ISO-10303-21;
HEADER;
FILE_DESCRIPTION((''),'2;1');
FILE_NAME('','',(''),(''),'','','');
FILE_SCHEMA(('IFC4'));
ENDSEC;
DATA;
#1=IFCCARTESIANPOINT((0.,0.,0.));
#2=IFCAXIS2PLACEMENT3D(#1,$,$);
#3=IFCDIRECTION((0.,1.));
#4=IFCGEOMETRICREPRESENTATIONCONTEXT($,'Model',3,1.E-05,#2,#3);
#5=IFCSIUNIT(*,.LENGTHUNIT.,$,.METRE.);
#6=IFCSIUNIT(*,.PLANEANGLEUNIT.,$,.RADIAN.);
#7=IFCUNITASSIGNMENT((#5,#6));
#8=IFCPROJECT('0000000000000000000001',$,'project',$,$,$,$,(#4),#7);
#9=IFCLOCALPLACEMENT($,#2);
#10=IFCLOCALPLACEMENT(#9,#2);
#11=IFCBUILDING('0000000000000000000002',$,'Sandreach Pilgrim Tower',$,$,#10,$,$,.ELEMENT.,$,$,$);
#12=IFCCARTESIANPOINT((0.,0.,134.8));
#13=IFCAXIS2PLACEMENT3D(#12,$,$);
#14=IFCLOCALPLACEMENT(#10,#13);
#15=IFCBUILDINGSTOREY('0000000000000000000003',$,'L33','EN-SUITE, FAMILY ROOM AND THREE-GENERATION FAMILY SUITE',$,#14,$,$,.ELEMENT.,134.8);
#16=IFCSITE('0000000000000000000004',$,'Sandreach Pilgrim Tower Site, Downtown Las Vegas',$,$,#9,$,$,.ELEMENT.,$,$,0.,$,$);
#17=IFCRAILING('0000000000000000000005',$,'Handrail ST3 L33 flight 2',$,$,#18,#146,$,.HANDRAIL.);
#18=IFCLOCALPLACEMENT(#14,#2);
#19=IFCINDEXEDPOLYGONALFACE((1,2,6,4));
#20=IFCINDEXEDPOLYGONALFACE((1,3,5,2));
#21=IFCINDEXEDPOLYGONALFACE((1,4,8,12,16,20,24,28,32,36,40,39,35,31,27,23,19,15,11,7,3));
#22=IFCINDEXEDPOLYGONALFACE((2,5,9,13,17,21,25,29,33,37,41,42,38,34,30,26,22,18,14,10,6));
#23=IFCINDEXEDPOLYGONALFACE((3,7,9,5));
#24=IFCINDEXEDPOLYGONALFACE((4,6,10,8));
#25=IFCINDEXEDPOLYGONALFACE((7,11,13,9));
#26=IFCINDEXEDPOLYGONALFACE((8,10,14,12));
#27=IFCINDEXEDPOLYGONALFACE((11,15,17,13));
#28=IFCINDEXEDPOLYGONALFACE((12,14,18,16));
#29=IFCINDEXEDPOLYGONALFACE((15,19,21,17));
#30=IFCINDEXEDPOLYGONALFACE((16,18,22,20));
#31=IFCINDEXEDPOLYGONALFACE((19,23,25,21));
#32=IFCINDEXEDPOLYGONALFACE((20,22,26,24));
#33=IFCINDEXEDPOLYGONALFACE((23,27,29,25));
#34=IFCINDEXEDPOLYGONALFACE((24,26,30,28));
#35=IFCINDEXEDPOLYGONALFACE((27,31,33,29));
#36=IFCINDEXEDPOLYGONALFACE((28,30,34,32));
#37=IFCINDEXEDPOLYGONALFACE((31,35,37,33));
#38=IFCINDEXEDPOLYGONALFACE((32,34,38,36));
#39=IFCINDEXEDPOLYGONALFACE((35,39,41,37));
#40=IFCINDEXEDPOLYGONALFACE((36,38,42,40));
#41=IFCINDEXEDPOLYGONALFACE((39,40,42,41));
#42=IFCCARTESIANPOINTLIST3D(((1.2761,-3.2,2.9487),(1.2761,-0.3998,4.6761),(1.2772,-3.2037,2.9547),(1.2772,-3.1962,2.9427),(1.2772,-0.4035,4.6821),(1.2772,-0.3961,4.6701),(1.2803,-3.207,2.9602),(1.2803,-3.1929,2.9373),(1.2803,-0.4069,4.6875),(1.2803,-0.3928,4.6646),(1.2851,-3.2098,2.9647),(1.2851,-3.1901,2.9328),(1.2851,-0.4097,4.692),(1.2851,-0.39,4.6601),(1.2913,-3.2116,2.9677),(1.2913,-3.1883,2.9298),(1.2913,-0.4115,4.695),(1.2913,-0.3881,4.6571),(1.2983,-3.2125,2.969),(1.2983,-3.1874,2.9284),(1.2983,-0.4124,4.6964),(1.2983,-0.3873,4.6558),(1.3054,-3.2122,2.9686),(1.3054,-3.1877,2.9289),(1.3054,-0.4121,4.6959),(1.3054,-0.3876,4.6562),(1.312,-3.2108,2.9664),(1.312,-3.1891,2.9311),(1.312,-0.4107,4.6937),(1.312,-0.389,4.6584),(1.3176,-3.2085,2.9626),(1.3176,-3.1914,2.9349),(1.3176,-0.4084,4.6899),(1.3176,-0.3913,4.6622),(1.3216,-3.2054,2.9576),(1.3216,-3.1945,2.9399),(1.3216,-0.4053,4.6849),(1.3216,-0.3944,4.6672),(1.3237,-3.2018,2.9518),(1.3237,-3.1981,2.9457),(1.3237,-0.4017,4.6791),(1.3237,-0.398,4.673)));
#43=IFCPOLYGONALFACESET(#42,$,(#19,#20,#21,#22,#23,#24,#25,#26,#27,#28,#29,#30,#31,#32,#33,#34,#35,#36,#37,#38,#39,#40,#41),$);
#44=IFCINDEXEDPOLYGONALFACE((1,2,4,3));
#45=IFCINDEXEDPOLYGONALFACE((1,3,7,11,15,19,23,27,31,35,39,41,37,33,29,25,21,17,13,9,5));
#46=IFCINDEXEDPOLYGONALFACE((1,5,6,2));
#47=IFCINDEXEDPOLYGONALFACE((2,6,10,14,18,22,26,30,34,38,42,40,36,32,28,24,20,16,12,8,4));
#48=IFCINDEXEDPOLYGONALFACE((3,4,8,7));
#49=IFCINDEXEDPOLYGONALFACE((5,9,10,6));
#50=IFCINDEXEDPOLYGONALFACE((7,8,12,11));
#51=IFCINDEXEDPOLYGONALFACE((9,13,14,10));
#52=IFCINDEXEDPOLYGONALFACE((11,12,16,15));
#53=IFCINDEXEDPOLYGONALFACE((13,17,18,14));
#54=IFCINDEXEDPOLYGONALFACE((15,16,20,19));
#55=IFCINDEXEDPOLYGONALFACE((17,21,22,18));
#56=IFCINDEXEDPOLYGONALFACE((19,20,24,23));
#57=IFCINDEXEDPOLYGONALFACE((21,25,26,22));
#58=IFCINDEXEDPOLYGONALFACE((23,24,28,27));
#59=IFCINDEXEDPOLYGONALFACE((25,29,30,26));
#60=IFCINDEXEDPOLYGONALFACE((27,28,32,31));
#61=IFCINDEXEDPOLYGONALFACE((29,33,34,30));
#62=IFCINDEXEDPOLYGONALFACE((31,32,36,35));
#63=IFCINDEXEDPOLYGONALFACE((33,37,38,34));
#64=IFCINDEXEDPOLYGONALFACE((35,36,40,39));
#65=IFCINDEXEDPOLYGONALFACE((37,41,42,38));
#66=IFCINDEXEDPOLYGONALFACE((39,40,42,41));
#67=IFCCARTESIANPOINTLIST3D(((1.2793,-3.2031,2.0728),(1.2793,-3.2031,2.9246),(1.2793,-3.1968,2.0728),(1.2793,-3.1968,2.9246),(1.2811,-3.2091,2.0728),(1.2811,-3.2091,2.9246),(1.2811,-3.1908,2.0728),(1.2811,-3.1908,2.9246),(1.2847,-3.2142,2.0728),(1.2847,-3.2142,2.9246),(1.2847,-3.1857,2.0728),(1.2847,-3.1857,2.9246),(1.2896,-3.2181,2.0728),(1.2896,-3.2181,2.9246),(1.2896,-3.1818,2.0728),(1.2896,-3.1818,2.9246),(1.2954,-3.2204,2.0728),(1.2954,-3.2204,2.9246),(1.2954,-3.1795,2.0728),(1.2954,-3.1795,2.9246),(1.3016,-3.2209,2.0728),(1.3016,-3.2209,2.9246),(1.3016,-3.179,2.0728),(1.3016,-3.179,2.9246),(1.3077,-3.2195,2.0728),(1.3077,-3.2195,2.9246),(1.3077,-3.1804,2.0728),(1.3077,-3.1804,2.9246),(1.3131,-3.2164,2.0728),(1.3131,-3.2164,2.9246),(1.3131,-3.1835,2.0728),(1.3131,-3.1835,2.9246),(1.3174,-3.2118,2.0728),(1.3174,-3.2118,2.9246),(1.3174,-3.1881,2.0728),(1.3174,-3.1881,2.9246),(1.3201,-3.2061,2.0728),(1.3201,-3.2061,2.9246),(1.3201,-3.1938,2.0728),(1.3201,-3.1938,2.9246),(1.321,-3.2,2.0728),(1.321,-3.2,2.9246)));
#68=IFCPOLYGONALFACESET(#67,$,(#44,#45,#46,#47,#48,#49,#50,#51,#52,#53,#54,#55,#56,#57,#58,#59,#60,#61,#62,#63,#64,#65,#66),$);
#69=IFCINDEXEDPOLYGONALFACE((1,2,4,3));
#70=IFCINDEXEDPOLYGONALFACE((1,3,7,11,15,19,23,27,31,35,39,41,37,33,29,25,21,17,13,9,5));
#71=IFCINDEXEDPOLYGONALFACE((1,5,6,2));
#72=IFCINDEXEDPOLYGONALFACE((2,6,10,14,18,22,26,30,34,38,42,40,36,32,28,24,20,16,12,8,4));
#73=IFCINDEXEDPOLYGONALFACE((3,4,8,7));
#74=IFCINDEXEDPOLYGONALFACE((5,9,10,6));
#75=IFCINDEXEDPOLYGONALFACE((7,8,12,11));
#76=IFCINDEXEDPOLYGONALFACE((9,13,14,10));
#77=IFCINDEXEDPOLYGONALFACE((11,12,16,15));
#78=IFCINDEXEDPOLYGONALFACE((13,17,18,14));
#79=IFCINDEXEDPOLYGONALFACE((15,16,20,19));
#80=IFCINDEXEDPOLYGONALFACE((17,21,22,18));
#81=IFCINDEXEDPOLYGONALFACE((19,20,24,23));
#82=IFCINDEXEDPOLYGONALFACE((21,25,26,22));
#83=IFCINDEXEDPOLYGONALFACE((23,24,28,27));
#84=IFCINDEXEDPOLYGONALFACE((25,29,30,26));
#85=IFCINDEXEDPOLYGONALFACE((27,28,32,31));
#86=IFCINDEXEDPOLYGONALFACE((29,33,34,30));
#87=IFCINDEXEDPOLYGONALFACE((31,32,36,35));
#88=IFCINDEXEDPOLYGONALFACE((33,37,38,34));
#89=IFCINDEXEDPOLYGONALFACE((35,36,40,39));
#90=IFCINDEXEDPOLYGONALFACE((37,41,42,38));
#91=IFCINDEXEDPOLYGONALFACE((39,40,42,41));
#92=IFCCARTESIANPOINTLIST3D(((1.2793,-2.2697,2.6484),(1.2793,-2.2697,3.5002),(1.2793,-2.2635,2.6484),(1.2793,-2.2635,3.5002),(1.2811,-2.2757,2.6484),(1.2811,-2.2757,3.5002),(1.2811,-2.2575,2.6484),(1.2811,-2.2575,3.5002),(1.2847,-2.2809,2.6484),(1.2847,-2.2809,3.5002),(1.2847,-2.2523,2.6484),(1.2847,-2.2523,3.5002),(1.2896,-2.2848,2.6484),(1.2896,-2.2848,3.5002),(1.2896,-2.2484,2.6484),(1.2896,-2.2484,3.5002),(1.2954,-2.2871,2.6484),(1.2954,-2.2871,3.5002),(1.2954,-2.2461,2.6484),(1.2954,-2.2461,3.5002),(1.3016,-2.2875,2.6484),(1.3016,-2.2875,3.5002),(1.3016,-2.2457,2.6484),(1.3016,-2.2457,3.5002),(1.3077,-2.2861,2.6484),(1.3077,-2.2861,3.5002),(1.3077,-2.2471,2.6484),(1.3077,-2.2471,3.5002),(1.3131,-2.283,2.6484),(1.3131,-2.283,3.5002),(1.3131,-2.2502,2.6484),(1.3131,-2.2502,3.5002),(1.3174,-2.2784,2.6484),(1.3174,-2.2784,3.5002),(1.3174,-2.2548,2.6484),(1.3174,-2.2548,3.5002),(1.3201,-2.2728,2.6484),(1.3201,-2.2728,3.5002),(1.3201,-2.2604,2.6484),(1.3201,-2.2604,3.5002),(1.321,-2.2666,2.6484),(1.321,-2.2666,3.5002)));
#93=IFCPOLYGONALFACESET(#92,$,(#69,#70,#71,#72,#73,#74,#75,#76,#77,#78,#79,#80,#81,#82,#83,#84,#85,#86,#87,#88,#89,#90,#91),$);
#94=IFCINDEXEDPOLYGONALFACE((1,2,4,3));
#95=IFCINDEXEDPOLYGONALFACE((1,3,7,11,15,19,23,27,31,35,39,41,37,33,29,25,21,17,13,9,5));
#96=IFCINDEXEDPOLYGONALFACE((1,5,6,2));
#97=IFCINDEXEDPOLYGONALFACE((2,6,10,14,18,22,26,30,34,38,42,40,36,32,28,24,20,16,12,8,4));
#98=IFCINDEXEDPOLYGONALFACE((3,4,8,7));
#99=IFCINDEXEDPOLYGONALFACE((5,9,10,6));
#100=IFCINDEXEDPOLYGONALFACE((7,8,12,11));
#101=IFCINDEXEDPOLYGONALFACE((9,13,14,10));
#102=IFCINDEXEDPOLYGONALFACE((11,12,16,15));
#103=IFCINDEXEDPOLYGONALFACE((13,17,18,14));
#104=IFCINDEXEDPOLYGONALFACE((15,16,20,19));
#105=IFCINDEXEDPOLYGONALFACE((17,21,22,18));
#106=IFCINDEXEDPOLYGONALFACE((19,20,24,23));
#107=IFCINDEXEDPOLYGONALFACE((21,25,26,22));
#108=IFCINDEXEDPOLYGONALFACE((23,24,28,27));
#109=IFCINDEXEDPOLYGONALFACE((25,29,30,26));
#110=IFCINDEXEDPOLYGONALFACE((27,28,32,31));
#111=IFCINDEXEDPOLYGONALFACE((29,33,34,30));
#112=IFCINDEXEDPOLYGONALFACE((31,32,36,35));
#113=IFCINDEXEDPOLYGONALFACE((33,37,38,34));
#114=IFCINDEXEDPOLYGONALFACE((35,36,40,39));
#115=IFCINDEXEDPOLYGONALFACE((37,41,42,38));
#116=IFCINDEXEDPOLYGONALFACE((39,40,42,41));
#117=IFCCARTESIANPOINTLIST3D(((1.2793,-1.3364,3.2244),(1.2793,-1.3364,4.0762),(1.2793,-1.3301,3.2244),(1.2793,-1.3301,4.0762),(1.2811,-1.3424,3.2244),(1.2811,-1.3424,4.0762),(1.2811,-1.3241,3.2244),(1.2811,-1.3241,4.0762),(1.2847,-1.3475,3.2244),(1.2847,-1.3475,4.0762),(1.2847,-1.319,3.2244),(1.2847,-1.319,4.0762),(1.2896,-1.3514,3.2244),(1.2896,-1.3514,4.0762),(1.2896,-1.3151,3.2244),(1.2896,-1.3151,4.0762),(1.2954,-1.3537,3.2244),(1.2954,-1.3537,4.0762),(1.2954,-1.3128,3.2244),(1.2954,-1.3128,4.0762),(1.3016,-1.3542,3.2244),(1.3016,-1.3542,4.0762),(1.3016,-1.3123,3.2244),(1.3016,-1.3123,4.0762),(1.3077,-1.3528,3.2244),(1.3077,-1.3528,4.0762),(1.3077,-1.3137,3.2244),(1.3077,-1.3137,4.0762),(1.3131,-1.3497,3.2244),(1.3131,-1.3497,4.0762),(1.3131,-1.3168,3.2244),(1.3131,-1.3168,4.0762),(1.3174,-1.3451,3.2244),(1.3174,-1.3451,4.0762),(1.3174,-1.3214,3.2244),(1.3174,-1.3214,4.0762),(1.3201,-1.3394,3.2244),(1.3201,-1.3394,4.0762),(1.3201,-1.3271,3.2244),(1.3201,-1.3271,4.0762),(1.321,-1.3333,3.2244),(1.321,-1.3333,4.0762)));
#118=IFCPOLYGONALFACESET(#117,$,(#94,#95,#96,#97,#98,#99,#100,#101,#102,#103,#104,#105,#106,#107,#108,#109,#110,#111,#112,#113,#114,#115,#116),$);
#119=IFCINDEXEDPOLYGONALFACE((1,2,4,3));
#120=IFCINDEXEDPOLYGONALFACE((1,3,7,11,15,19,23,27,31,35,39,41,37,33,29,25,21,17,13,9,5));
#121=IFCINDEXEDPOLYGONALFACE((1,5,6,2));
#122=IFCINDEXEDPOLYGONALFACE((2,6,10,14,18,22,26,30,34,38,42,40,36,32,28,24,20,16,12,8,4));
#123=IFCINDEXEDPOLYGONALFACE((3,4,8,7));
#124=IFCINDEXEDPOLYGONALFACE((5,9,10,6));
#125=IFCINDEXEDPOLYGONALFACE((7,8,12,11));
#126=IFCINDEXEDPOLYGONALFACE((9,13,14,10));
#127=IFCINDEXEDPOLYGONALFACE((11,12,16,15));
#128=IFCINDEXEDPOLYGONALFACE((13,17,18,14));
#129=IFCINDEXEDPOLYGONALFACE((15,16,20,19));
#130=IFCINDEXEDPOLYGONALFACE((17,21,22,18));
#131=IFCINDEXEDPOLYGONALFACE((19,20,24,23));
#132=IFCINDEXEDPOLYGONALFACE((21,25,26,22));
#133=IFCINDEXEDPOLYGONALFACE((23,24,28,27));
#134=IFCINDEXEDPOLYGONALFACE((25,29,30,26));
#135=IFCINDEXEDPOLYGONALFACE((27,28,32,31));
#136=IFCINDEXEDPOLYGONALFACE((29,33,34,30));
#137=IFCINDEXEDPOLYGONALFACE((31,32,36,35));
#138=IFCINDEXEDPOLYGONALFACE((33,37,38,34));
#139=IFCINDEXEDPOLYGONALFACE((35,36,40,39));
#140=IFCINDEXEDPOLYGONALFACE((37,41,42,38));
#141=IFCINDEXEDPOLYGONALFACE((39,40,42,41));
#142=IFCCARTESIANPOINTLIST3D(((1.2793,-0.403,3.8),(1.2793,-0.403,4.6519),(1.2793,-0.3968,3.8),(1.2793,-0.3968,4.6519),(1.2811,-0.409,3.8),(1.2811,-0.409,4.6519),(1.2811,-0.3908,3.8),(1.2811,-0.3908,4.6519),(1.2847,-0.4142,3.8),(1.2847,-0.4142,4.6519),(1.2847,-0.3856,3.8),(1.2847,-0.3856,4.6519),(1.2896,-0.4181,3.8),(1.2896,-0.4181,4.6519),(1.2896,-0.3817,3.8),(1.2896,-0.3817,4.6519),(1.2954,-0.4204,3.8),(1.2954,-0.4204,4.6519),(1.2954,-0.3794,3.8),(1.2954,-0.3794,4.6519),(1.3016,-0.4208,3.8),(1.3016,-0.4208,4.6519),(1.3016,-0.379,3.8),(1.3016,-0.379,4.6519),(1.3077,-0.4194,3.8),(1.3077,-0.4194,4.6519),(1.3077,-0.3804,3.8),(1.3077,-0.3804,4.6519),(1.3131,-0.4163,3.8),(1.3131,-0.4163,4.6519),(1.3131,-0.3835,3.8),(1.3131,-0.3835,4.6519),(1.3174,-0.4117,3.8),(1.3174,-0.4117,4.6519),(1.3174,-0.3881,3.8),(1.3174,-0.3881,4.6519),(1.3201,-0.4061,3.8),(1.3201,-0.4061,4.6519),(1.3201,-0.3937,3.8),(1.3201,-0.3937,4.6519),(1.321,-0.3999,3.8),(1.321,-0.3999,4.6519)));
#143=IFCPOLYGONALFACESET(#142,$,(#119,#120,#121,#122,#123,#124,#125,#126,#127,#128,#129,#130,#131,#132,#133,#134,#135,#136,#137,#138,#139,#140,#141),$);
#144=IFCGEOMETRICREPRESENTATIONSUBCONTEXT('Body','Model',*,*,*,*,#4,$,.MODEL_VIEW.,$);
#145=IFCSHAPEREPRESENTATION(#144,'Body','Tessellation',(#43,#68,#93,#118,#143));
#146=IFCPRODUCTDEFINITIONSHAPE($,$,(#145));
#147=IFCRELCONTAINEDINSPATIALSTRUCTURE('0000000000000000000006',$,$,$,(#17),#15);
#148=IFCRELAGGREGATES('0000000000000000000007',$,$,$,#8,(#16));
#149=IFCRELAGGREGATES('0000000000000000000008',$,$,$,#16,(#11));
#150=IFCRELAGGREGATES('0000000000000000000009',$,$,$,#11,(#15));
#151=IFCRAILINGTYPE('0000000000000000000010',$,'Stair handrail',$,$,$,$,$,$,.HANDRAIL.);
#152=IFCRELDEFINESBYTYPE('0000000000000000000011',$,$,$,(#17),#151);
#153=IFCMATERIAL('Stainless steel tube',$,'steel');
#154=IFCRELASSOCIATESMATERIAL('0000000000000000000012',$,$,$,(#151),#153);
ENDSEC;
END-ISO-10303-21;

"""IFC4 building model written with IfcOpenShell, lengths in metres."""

from ifc_helpers import new_model, si_unit, direction, frame, origin, origin_2d, place, context, subcontext, project, spatial, circle, extrude, material, type_object, element, save


model = new_model("IFC4")

# Units and contexts
model_context = context("Model", 3, precision=1e-05, world=origin(), true_north=direction((0.0, 1.0)))
body_context = subcontext(model_context, "Body", "Model", "MODEL_VIEW")
ifc_project = project(units=[si_unit("LENGTHUNIT", "METRE"), si_unit("PLANEANGLEUNIT", "RADIAN")], contexts=[model_context])

# Site, building, storey
site_placement = place(None, origin())
site = spatial("IfcSite", under=ifc_project, at=site_placement, Name="Sandreach Pilgrim Tower Site, Downtown Las Vegas", CompositionType="ELEMENT", RefElevation=0.0)
building_placement = place(site_placement, origin())
building = spatial("IfcBuilding", under=site, at=building_placement, Name="Sandreach Pilgrim Tower", CompositionType="ELEMENT")
storey_placement = place(building_placement, frame((0.0, 0.0, 134.8)))
storey = spatial("IfcBuildingStorey", under=building, at=storey_placement, Name="L33", Description="EN-SUITE, FAMILY ROOM AND THREE-GENERATION FAMILY SUITE", CompositionType="ELEMENT", Elevation=134.8)

# Railing
ifc_material_1 = material(Name="Stainless steel tube", Category="steel")
railing_type = type_object("IfcRailingType", Name="Stair handrail", PredefinedType="HANDRAIL", material=ifc_material_1)
for number, where, name in (
    (1, (1.3, -3.2, 2.0728), "Handrail ST3 L33 flight 2"),
):
    element("IfcRailing", number, at=place(storey_placement, frame(where)), inside=storey, type_object=railing_type, Name=name, PredefinedType="HANDRAIL", context=body_context, shape_type="SweptSolid", body=[
        extrude(circle(Radius=0.0239, at=origin_2d()), frame((0.0, 0.0, 0.876), z_axis=(0.0, 0.85109, 0.52502), x_axis=(-1.0, 0.0, 0.0)), (0.0, 0.0, 1.0), 3.29),
        extrude(circle(Radius=0.021, at=origin_2d()), origin(), (0.0, 0.0, 1.0), 0.8518),
        extrude(circle(Radius=0.021, at=origin_2d()), frame((0.0, 0.9333, 0.5757)), (0.0, 0.0, 1.0), 0.8518),
        extrude(circle(Radius=0.021, at=origin_2d()), frame((0.0, 1.8667, 1.1516)), (0.0, 0.0, 1.0), 0.8518),
        extrude(circle(Radius=0.021, at=origin_2d()), frame((0.0, 2.8, 1.7273)), (0.0, 0.0, 1.0), 0.8518),
    ])

save(model, "model.ifc")
